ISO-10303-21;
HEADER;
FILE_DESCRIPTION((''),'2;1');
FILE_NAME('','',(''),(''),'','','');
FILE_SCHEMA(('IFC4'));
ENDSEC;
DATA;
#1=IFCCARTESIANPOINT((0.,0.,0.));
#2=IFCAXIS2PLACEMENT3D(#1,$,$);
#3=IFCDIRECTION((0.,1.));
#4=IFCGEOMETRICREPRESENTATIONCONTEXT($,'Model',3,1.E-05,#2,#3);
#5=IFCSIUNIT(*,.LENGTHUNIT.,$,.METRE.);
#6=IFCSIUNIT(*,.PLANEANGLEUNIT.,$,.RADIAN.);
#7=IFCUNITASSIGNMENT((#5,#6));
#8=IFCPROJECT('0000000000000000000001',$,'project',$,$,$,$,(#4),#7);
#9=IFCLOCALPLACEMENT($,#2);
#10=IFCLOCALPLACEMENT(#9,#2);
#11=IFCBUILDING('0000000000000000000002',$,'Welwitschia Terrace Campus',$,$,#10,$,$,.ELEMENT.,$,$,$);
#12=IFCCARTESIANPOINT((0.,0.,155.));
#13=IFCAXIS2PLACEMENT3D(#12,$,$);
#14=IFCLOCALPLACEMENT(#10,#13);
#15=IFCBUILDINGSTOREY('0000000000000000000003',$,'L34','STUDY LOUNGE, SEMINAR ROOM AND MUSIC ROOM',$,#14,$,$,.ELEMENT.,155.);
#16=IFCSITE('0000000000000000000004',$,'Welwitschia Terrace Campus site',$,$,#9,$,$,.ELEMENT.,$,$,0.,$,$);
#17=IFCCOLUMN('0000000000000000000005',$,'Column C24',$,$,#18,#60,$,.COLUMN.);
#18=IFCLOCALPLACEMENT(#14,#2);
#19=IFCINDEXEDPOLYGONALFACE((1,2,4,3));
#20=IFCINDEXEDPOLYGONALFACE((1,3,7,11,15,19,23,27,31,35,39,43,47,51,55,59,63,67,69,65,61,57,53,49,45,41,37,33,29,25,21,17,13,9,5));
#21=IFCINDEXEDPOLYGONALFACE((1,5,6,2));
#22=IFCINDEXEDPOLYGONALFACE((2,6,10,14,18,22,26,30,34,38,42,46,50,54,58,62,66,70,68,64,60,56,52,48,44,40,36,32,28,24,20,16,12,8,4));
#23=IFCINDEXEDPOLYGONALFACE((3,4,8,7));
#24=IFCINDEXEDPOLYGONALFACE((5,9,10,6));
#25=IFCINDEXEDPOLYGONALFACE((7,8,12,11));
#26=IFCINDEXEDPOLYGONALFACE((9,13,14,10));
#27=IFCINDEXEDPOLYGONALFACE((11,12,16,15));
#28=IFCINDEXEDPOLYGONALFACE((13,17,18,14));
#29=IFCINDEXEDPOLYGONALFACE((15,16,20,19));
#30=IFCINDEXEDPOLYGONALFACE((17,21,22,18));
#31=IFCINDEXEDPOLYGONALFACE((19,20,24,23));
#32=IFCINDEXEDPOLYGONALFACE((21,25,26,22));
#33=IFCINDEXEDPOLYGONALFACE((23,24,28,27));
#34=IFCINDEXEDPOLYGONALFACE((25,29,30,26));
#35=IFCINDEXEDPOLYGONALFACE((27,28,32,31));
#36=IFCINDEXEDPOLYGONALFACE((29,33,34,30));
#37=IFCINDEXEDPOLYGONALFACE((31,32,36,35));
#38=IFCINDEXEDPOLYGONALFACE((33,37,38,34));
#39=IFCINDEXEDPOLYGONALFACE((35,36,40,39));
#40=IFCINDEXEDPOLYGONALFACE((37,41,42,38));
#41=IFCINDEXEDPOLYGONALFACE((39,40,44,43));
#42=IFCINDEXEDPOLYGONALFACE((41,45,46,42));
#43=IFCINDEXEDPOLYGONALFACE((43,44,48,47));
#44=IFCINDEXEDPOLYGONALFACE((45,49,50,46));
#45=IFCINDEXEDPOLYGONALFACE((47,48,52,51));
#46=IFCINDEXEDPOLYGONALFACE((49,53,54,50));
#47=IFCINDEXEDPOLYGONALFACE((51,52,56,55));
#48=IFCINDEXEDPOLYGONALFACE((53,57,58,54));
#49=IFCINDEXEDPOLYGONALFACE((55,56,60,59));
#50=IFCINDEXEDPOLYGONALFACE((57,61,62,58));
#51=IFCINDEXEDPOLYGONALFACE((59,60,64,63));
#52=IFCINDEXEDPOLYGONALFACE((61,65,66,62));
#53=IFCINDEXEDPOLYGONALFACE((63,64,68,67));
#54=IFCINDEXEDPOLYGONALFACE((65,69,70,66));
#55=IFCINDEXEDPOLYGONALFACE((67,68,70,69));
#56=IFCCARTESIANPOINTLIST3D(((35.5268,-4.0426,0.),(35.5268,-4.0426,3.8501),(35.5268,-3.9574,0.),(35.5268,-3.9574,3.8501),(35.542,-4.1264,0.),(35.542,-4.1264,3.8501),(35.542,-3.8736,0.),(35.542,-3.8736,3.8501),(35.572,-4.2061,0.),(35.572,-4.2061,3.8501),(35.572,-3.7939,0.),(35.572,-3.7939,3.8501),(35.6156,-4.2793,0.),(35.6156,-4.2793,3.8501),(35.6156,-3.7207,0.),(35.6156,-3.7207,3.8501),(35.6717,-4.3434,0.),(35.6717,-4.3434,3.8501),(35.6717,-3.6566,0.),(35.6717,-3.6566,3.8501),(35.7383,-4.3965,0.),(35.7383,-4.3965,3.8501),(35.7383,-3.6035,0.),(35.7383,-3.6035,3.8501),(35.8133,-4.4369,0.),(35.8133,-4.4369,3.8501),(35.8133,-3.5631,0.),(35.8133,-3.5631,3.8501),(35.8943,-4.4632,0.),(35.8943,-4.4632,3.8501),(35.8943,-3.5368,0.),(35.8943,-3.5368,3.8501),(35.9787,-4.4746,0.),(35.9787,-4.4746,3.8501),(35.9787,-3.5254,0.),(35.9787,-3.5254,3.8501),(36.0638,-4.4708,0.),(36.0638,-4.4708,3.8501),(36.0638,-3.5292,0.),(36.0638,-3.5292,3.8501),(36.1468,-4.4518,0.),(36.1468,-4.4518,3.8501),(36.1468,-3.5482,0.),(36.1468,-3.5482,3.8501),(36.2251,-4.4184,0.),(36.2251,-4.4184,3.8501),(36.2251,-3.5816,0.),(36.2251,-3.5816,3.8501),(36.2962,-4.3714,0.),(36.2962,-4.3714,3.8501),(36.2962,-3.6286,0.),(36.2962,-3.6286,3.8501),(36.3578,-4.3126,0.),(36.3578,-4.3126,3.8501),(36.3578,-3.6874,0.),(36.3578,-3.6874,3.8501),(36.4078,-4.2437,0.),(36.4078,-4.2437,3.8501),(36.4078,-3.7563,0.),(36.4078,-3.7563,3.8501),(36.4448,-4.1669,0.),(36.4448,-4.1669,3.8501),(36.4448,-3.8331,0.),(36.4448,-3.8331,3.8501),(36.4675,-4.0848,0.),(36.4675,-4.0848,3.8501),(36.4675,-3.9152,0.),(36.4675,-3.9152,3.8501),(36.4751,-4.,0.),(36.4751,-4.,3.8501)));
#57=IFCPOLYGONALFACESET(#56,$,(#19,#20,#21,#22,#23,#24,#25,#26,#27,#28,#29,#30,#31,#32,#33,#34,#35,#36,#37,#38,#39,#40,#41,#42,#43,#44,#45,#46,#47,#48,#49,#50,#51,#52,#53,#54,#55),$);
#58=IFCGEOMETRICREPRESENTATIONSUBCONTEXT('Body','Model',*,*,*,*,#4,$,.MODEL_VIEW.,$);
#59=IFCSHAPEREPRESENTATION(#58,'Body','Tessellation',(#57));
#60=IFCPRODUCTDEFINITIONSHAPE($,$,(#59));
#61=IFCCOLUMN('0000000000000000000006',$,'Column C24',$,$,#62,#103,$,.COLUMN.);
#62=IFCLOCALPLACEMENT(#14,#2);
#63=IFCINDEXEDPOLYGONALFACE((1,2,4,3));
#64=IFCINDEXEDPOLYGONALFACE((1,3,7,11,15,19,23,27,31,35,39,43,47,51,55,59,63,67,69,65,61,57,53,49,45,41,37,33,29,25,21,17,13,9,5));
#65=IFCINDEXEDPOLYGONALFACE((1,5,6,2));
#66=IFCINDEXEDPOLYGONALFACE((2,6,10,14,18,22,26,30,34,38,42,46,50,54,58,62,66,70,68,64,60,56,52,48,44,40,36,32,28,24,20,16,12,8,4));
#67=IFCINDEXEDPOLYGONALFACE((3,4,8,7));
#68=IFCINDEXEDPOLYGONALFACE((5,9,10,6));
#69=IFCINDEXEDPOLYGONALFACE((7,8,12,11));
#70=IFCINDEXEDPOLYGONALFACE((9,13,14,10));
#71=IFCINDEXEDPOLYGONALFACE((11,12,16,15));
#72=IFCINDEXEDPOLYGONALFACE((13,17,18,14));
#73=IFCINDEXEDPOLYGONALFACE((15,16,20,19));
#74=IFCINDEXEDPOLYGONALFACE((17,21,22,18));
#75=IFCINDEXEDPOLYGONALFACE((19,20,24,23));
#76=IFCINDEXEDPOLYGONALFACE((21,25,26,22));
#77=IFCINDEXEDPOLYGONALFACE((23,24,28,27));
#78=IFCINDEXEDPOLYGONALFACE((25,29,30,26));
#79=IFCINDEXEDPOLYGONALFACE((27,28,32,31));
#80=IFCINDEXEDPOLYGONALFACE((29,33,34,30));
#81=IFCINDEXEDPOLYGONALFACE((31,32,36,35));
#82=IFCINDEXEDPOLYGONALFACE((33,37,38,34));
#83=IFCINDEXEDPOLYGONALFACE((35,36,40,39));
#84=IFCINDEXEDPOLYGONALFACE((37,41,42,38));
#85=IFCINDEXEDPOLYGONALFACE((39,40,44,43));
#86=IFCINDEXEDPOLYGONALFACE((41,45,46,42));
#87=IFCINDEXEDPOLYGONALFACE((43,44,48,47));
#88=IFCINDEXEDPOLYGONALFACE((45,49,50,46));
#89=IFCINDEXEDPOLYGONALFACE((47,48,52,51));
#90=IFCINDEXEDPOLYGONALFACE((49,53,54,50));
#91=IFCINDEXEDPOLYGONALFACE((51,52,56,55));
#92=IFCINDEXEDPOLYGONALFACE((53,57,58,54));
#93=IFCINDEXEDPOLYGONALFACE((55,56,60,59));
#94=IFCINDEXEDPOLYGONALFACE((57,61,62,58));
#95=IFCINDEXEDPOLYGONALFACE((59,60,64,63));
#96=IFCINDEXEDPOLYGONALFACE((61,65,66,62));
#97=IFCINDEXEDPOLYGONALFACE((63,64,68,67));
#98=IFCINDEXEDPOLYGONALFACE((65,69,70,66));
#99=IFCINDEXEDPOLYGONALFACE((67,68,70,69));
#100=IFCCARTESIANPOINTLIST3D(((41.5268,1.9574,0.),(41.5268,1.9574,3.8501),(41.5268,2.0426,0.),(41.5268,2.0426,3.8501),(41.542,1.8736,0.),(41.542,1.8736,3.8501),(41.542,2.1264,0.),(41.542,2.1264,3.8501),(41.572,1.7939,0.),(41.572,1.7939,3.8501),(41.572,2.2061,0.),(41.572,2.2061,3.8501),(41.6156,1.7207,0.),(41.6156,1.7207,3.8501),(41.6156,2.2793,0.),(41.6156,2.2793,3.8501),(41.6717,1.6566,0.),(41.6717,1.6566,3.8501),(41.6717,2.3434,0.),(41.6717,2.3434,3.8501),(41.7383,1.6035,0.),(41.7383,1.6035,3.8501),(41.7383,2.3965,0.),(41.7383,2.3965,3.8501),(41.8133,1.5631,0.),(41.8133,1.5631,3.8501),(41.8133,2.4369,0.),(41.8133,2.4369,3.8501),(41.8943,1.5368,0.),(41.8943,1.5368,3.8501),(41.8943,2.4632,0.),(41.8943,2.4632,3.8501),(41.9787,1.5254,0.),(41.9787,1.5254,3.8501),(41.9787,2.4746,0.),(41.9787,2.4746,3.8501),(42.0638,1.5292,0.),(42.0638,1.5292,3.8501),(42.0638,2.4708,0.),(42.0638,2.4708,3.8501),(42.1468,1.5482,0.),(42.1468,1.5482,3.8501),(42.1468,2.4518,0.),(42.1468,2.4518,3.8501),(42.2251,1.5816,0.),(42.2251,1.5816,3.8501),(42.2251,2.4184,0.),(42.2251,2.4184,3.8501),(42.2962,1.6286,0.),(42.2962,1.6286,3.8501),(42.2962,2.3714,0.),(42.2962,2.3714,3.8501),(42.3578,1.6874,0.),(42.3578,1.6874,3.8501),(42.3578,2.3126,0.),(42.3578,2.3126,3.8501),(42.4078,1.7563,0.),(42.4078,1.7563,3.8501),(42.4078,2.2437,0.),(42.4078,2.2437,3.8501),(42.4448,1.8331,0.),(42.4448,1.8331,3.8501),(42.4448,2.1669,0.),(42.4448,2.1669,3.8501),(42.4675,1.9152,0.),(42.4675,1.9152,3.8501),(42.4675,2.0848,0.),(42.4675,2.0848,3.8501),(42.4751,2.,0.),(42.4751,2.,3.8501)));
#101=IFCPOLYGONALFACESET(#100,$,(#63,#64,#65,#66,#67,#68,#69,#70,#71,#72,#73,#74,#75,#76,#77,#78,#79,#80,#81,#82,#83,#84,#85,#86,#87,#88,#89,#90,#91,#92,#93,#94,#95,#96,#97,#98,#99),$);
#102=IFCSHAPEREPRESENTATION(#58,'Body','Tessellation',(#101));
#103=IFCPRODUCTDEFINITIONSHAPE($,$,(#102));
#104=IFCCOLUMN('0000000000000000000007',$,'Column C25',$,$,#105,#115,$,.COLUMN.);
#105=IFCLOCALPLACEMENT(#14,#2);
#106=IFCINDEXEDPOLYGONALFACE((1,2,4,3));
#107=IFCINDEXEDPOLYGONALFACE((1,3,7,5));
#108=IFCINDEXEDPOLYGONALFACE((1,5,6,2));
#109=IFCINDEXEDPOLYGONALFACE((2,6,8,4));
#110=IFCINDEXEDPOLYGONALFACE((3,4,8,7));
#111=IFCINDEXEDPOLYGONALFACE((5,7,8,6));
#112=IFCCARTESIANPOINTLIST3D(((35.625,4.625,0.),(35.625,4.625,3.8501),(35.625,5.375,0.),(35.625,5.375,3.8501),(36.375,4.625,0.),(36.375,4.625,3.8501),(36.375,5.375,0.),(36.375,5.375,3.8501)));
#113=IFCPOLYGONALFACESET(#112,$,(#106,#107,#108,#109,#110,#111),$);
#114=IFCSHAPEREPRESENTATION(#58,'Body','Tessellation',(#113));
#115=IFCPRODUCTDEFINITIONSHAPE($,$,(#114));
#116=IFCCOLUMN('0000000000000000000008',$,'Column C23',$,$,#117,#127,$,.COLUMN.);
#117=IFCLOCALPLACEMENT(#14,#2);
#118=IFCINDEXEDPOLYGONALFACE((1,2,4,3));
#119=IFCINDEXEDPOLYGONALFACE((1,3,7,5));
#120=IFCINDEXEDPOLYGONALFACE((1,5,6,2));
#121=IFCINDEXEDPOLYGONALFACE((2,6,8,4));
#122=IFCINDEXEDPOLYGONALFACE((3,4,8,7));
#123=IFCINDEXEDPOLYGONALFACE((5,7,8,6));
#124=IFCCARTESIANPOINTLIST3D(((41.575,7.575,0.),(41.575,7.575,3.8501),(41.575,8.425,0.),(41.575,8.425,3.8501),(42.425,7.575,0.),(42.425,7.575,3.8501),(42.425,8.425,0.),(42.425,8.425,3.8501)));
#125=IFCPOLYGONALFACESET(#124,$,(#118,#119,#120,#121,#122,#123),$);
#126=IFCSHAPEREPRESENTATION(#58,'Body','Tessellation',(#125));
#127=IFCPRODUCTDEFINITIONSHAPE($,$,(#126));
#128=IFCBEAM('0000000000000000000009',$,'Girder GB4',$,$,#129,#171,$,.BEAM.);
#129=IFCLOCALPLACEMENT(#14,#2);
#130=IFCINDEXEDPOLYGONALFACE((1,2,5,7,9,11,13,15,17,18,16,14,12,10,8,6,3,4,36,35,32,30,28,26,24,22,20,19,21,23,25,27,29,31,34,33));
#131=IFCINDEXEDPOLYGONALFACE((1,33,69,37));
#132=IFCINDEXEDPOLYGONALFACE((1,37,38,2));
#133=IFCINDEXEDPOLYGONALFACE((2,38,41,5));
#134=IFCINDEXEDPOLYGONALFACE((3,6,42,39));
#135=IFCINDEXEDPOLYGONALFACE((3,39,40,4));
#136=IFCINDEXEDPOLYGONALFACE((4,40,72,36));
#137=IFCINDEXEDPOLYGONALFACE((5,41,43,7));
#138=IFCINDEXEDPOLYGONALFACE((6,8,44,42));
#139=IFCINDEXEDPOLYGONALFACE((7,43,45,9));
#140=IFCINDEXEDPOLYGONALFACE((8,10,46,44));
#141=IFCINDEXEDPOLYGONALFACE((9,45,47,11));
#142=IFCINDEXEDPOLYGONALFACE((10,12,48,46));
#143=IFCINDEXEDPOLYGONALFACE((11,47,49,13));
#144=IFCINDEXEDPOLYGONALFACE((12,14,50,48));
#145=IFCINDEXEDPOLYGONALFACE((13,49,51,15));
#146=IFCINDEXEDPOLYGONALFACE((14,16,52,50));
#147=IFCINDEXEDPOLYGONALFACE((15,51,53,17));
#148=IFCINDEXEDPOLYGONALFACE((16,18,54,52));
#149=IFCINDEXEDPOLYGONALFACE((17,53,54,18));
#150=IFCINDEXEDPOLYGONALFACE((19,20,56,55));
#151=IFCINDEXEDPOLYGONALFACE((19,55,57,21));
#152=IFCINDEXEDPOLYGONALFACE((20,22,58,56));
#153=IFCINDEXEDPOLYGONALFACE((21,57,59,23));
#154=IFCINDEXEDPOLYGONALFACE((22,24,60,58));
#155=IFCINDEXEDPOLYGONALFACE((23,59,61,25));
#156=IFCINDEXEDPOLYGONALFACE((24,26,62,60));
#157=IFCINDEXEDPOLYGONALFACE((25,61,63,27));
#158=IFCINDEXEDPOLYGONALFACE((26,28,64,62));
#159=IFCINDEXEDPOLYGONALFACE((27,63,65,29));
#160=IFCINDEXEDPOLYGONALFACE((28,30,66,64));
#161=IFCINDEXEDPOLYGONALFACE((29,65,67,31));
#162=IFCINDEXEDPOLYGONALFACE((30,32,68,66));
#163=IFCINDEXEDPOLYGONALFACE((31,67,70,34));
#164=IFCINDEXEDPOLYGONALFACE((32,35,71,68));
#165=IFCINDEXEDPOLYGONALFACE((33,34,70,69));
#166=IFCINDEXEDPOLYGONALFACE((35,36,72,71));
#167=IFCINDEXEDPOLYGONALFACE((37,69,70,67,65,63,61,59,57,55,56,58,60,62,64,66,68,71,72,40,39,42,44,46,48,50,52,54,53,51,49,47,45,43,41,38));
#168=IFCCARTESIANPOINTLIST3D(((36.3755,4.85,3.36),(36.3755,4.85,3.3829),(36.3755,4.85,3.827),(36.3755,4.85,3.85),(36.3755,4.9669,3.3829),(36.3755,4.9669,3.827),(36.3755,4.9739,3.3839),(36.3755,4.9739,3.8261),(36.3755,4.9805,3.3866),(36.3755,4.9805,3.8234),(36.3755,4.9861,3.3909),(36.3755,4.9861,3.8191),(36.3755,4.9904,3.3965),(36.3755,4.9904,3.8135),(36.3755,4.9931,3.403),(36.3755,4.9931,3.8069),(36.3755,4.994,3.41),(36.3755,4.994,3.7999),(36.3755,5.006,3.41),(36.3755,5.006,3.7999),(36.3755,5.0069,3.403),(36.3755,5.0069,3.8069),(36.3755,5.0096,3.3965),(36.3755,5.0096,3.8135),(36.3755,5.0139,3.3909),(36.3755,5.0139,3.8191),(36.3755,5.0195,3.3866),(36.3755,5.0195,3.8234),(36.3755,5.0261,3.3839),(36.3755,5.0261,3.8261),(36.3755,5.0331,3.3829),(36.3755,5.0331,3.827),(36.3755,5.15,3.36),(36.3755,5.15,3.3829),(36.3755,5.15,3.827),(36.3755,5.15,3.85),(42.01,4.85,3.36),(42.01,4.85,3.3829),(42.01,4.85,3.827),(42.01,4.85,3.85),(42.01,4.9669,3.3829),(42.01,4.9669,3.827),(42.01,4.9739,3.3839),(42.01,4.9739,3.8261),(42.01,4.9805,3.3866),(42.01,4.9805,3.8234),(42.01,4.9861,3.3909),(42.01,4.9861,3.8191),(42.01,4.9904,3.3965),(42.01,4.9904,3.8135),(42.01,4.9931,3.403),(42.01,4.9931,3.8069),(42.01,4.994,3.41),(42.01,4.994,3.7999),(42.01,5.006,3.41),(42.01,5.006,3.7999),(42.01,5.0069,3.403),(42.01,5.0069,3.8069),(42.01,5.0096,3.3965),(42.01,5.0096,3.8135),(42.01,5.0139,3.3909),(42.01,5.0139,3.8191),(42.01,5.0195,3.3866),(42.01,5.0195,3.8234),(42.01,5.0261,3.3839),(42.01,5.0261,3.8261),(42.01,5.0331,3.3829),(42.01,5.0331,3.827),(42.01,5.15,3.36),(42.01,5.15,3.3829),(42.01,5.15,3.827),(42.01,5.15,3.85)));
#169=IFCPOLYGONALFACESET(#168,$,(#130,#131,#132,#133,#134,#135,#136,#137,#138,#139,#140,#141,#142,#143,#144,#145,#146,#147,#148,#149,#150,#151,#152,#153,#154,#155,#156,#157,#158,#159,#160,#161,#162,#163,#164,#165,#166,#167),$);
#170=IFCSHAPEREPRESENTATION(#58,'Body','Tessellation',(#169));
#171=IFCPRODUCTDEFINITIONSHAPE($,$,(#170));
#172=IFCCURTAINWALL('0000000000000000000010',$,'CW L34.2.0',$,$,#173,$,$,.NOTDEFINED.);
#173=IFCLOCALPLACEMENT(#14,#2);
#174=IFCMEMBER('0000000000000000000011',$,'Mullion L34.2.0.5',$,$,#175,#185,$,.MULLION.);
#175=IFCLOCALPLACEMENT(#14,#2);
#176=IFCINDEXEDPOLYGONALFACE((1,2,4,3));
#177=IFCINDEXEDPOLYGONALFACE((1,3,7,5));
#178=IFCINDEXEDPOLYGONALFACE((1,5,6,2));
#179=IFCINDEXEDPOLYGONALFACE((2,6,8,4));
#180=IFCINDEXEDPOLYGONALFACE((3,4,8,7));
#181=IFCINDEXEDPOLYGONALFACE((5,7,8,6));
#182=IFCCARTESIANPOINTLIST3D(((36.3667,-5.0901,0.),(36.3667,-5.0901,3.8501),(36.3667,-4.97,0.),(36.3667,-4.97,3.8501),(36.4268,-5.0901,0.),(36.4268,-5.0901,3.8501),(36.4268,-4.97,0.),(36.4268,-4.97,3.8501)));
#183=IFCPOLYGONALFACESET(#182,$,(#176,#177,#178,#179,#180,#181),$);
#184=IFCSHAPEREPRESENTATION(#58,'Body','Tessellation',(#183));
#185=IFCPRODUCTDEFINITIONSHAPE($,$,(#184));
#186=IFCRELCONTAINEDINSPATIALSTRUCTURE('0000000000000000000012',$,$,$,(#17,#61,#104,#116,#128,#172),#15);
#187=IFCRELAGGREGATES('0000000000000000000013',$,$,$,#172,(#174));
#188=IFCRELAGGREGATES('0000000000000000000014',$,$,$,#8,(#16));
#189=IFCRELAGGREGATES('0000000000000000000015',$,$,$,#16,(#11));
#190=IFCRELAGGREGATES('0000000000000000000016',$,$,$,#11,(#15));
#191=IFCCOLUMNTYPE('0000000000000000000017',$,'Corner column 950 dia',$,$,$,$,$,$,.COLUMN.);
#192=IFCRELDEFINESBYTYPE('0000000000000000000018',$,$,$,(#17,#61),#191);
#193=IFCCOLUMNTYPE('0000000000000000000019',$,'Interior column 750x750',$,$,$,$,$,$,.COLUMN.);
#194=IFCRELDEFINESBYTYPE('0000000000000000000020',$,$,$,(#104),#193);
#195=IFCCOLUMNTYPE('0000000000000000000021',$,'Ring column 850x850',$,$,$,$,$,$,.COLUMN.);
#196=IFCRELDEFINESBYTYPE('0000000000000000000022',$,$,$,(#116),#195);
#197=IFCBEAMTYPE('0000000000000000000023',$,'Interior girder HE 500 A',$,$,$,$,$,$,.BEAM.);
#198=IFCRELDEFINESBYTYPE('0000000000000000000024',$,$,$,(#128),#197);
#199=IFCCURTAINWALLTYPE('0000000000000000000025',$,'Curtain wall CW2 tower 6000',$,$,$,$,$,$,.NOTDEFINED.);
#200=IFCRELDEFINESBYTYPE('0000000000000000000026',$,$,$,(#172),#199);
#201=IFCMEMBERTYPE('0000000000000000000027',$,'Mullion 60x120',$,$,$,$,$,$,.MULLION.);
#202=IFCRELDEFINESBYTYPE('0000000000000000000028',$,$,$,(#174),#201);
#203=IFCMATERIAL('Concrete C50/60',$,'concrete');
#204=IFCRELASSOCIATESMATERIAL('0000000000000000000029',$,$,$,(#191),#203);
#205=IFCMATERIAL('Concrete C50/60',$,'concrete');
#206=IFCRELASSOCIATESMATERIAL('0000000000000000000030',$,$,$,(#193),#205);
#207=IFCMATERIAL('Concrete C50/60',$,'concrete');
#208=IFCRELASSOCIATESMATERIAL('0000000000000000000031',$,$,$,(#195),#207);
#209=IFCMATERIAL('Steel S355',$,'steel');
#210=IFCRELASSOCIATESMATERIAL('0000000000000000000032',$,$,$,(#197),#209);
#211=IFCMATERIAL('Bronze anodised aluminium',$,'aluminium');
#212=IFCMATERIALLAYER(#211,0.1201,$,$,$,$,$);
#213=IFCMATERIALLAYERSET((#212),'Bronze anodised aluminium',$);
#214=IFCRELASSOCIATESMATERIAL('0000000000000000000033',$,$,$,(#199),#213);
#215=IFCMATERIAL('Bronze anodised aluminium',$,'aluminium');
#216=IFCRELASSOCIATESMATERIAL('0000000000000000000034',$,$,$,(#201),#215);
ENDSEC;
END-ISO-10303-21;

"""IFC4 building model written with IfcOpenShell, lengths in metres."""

from ifc_helpers import new_model, si_unit, direction, frame, origin, origin_2d, place, context, subcontext, project, spatial, rectangle, circle, i_section, extrude, material, layer, layer_set, material_profile, profile_set, type_object, element, aggregate, save


model = new_model("IFC4")

# Units and contexts
model_context = context("Model", 3, precision=1e-05, world=origin(), true_north=direction((0.0, 1.0)))
body_context = subcontext(model_context, "Body", "Model", "MODEL_VIEW")
ifc_project = project(units=[si_unit("LENGTHUNIT", "METRE"), si_unit("PLANEANGLEUNIT", "RADIAN")], contexts=[model_context])

# Site, building, storey
site_placement = place(None, origin())
site = spatial("IfcSite", under=ifc_project, at=site_placement, Name="Welwitschia Terrace Campus site", CompositionType="ELEMENT", RefElevation=0.0)
building_placement = place(site_placement, origin())
building = spatial("IfcBuilding", under=site, at=building_placement, Name="Welwitschia Terrace Campus", CompositionType="ELEMENT")
storey_placement = place(building_placement, frame((0.0, 0.0, 155.0)))
storey = spatial("IfcBuildingStorey", under=building, at=storey_placement, Name="L34", Description="STUDY LOUNGE, SEMINAR ROOM AND MUSIC ROOM", CompositionType="ELEMENT", Elevation=155.0)

# Columns
ifc_material_1 = material(Name="Concrete C50/60", Category="concrete")
ifc_material_profile_1 = material_profile(ifc_material_1, circle(Radius=0.4751, at=origin_2d()))
ifc_profile_set_1 = profile_set([ifc_material_profile_1], Name="Concrete C50/60")
column_type_1 = type_object("IfcColumnType", Name="Corner column 950 dia", PredefinedType="COLUMN", material=ifc_profile_set_1)
for number, where, z_axis, x_axis, name in (
    (1, (36.0, -4.0, 0.0), (0.0, 0.0, 1.0), (1.0, 0.0, 0.0), "Column C24"),
    (2, (42.0, 2.0, 0.0), (0.0, 0.0, 1.0), (1.0, 0.0, 0.0), "Column C24"),
):
    element("IfcColumn", number, at=place(storey_placement, frame(where, z_axis=z_axis, x_axis=x_axis)), inside=storey, type_object=column_type_1, Name=name, PredefinedType="COLUMN", context=body_context, shape_type="SweptSolid", body=[
        extrude(circle(Radius=0.4751, at=origin_2d()), origin(), (0.0, 0.0, 1.0), 3.8501),
    ])
ifc_material_2 = material(Name="Concrete C50/60", Category="concrete")
ifc_material_profile_2 = material_profile(ifc_material_2, rectangle(XDim=0.75, YDim=0.75, at=origin_2d()))
ifc_profile_set_2 = profile_set([ifc_material_profile_2], Name="Concrete C50/60")
column_type_2 = type_object("IfcColumnType", Name="Interior column 750x750", PredefinedType="COLUMN", material=ifc_profile_set_2)
column_1_placement = place(storey_placement, frame((36.0, 5.0, 0.0), z_axis=(0.0, 0.0, 1.0), x_axis=(1.0, 0.0, 0.0)))
element("IfcColumn", 3, at=column_1_placement, inside=storey, type_object=column_type_2, Name="Column C25", PredefinedType="COLUMN", context=body_context, shape_type="SweptSolid", body=[
    extrude(rectangle(XDim=0.75, YDim=0.75, at=origin_2d()), origin(), (0.0, 0.0, 1.0), 3.8501),
])
ifc_material_3 = material(Name="Concrete C50/60", Category="concrete")
ifc_material_profile_3 = material_profile(ifc_material_3, rectangle(XDim=0.8501, YDim=0.8501, at=origin_2d()))
ifc_profile_set_3 = profile_set([ifc_material_profile_3], Name="Concrete C50/60")
column_type_3 = type_object("IfcColumnType", Name="Ring column 850x850", PredefinedType="COLUMN", material=ifc_profile_set_3)
column_2_placement = place(storey_placement, frame((42.0, 8.0, 0.0), z_axis=(0.0, 0.0, 1.0), x_axis=(1.0, 0.0, 0.0)))
element("IfcColumn", 4, at=column_2_placement, inside=storey, type_object=column_type_3, Name="Column C23", PredefinedType="COLUMN", context=body_context, shape_type="SweptSolid", body=[
    extrude(rectangle(XDim=0.8501, YDim=0.8501, at=origin_2d()), origin(), (0.0, 0.0, 1.0), 3.8501),
])

# Beam
ifc_material_4 = material(Name="Steel S355", Category="steel")
ifc_material_profile_4 = material_profile(ifc_material_4, i_section(OverallWidth=0.3, OverallDepth=0.49, WebThickness=0.012, FlangeThickness=0.0229, FilletRadius=0.0271, at=origin_2d()))
ifc_profile_set_4 = profile_set([ifc_material_profile_4], Name="Steel S355")
beam_type_1 = type_object("IfcBeamType", Name="Interior girder HE 500 A", PredefinedType="BEAM", material=ifc_profile_set_4)
beam_1_placement = place(storey_placement, frame((36.3755, 5.0, 3.605), z_axis=(1.0, 0.0, 0.0), x_axis=(0.0, 1.0, 0.0)))
element("IfcBeam", 5, at=beam_1_placement, inside=storey, type_object=beam_type_1, Name="Girder GB4", PredefinedType="BEAM", context=body_context, shape_type="SweptSolid", body=[
    extrude(i_section(OverallWidth=0.3, OverallDepth=0.49, WebThickness=0.012, FlangeThickness=0.0229, FilletRadius=0.0271, at=origin_2d()), origin(), (0.0, 0.0, 1.0), 5.6345),
])

# Curtain wall, member
ifc_material_5 = material(Name="Bronze anodised aluminium", Category="aluminium")
ifc_layer_1 = layer(ifc_material_5, 0.1201)
ifc_layer_set_1 = layer_set([ifc_layer_1], Name="Bronze anodised aluminium")
curtain_wall_type = type_object("IfcCurtainWallType", Name="Curtain wall CW2 tower 6000", PredefinedType="NOTDEFINED", material=ifc_layer_set_1)
curtain_wall_1_placement = place(storey_placement, origin())
curtain_wall_1 = element("IfcCurtainWall", 6, at=curtain_wall_1_placement, inside=storey, type_object=curtain_wall_type, Name="CW L34.2.0", PredefinedType="NOTDEFINED")
ifc_material_6 = material(Name="Bronze anodised aluminium", Category="aluminium")
ifc_material_profile_5 = material_profile(ifc_material_6, rectangle(XDim=0.1201, YDim=0.0601, at=origin_2d()))
ifc_profile_set_5 = profile_set([ifc_material_profile_5], Name="Bronze anodised aluminium")
member_type_1 = type_object("IfcMemberType", Name="Mullion 60x120", PredefinedType="MULLION", material=ifc_profile_set_5)
member_1_placement = place(storey_placement, frame((36.3967, -5.03, 0.0), z_axis=(0.0, 0.0, 1.0), x_axis=(0.0, 1.0, 0.0)))
member_1 = element("IfcMember", 7, at=member_1_placement, type_object=member_type_1, Name="Mullion L34.2.0.5", PredefinedType="MULLION", context=body_context, shape_type="SweptSolid", body=[
    extrude(rectangle(XDim=0.1201, YDim=0.0601, at=origin_2d()), origin(), (0.0, 0.0, 1.0), 3.8501),
])

aggregate(curtain_wall_1, [member_1])

save(model, "model.ifc")
